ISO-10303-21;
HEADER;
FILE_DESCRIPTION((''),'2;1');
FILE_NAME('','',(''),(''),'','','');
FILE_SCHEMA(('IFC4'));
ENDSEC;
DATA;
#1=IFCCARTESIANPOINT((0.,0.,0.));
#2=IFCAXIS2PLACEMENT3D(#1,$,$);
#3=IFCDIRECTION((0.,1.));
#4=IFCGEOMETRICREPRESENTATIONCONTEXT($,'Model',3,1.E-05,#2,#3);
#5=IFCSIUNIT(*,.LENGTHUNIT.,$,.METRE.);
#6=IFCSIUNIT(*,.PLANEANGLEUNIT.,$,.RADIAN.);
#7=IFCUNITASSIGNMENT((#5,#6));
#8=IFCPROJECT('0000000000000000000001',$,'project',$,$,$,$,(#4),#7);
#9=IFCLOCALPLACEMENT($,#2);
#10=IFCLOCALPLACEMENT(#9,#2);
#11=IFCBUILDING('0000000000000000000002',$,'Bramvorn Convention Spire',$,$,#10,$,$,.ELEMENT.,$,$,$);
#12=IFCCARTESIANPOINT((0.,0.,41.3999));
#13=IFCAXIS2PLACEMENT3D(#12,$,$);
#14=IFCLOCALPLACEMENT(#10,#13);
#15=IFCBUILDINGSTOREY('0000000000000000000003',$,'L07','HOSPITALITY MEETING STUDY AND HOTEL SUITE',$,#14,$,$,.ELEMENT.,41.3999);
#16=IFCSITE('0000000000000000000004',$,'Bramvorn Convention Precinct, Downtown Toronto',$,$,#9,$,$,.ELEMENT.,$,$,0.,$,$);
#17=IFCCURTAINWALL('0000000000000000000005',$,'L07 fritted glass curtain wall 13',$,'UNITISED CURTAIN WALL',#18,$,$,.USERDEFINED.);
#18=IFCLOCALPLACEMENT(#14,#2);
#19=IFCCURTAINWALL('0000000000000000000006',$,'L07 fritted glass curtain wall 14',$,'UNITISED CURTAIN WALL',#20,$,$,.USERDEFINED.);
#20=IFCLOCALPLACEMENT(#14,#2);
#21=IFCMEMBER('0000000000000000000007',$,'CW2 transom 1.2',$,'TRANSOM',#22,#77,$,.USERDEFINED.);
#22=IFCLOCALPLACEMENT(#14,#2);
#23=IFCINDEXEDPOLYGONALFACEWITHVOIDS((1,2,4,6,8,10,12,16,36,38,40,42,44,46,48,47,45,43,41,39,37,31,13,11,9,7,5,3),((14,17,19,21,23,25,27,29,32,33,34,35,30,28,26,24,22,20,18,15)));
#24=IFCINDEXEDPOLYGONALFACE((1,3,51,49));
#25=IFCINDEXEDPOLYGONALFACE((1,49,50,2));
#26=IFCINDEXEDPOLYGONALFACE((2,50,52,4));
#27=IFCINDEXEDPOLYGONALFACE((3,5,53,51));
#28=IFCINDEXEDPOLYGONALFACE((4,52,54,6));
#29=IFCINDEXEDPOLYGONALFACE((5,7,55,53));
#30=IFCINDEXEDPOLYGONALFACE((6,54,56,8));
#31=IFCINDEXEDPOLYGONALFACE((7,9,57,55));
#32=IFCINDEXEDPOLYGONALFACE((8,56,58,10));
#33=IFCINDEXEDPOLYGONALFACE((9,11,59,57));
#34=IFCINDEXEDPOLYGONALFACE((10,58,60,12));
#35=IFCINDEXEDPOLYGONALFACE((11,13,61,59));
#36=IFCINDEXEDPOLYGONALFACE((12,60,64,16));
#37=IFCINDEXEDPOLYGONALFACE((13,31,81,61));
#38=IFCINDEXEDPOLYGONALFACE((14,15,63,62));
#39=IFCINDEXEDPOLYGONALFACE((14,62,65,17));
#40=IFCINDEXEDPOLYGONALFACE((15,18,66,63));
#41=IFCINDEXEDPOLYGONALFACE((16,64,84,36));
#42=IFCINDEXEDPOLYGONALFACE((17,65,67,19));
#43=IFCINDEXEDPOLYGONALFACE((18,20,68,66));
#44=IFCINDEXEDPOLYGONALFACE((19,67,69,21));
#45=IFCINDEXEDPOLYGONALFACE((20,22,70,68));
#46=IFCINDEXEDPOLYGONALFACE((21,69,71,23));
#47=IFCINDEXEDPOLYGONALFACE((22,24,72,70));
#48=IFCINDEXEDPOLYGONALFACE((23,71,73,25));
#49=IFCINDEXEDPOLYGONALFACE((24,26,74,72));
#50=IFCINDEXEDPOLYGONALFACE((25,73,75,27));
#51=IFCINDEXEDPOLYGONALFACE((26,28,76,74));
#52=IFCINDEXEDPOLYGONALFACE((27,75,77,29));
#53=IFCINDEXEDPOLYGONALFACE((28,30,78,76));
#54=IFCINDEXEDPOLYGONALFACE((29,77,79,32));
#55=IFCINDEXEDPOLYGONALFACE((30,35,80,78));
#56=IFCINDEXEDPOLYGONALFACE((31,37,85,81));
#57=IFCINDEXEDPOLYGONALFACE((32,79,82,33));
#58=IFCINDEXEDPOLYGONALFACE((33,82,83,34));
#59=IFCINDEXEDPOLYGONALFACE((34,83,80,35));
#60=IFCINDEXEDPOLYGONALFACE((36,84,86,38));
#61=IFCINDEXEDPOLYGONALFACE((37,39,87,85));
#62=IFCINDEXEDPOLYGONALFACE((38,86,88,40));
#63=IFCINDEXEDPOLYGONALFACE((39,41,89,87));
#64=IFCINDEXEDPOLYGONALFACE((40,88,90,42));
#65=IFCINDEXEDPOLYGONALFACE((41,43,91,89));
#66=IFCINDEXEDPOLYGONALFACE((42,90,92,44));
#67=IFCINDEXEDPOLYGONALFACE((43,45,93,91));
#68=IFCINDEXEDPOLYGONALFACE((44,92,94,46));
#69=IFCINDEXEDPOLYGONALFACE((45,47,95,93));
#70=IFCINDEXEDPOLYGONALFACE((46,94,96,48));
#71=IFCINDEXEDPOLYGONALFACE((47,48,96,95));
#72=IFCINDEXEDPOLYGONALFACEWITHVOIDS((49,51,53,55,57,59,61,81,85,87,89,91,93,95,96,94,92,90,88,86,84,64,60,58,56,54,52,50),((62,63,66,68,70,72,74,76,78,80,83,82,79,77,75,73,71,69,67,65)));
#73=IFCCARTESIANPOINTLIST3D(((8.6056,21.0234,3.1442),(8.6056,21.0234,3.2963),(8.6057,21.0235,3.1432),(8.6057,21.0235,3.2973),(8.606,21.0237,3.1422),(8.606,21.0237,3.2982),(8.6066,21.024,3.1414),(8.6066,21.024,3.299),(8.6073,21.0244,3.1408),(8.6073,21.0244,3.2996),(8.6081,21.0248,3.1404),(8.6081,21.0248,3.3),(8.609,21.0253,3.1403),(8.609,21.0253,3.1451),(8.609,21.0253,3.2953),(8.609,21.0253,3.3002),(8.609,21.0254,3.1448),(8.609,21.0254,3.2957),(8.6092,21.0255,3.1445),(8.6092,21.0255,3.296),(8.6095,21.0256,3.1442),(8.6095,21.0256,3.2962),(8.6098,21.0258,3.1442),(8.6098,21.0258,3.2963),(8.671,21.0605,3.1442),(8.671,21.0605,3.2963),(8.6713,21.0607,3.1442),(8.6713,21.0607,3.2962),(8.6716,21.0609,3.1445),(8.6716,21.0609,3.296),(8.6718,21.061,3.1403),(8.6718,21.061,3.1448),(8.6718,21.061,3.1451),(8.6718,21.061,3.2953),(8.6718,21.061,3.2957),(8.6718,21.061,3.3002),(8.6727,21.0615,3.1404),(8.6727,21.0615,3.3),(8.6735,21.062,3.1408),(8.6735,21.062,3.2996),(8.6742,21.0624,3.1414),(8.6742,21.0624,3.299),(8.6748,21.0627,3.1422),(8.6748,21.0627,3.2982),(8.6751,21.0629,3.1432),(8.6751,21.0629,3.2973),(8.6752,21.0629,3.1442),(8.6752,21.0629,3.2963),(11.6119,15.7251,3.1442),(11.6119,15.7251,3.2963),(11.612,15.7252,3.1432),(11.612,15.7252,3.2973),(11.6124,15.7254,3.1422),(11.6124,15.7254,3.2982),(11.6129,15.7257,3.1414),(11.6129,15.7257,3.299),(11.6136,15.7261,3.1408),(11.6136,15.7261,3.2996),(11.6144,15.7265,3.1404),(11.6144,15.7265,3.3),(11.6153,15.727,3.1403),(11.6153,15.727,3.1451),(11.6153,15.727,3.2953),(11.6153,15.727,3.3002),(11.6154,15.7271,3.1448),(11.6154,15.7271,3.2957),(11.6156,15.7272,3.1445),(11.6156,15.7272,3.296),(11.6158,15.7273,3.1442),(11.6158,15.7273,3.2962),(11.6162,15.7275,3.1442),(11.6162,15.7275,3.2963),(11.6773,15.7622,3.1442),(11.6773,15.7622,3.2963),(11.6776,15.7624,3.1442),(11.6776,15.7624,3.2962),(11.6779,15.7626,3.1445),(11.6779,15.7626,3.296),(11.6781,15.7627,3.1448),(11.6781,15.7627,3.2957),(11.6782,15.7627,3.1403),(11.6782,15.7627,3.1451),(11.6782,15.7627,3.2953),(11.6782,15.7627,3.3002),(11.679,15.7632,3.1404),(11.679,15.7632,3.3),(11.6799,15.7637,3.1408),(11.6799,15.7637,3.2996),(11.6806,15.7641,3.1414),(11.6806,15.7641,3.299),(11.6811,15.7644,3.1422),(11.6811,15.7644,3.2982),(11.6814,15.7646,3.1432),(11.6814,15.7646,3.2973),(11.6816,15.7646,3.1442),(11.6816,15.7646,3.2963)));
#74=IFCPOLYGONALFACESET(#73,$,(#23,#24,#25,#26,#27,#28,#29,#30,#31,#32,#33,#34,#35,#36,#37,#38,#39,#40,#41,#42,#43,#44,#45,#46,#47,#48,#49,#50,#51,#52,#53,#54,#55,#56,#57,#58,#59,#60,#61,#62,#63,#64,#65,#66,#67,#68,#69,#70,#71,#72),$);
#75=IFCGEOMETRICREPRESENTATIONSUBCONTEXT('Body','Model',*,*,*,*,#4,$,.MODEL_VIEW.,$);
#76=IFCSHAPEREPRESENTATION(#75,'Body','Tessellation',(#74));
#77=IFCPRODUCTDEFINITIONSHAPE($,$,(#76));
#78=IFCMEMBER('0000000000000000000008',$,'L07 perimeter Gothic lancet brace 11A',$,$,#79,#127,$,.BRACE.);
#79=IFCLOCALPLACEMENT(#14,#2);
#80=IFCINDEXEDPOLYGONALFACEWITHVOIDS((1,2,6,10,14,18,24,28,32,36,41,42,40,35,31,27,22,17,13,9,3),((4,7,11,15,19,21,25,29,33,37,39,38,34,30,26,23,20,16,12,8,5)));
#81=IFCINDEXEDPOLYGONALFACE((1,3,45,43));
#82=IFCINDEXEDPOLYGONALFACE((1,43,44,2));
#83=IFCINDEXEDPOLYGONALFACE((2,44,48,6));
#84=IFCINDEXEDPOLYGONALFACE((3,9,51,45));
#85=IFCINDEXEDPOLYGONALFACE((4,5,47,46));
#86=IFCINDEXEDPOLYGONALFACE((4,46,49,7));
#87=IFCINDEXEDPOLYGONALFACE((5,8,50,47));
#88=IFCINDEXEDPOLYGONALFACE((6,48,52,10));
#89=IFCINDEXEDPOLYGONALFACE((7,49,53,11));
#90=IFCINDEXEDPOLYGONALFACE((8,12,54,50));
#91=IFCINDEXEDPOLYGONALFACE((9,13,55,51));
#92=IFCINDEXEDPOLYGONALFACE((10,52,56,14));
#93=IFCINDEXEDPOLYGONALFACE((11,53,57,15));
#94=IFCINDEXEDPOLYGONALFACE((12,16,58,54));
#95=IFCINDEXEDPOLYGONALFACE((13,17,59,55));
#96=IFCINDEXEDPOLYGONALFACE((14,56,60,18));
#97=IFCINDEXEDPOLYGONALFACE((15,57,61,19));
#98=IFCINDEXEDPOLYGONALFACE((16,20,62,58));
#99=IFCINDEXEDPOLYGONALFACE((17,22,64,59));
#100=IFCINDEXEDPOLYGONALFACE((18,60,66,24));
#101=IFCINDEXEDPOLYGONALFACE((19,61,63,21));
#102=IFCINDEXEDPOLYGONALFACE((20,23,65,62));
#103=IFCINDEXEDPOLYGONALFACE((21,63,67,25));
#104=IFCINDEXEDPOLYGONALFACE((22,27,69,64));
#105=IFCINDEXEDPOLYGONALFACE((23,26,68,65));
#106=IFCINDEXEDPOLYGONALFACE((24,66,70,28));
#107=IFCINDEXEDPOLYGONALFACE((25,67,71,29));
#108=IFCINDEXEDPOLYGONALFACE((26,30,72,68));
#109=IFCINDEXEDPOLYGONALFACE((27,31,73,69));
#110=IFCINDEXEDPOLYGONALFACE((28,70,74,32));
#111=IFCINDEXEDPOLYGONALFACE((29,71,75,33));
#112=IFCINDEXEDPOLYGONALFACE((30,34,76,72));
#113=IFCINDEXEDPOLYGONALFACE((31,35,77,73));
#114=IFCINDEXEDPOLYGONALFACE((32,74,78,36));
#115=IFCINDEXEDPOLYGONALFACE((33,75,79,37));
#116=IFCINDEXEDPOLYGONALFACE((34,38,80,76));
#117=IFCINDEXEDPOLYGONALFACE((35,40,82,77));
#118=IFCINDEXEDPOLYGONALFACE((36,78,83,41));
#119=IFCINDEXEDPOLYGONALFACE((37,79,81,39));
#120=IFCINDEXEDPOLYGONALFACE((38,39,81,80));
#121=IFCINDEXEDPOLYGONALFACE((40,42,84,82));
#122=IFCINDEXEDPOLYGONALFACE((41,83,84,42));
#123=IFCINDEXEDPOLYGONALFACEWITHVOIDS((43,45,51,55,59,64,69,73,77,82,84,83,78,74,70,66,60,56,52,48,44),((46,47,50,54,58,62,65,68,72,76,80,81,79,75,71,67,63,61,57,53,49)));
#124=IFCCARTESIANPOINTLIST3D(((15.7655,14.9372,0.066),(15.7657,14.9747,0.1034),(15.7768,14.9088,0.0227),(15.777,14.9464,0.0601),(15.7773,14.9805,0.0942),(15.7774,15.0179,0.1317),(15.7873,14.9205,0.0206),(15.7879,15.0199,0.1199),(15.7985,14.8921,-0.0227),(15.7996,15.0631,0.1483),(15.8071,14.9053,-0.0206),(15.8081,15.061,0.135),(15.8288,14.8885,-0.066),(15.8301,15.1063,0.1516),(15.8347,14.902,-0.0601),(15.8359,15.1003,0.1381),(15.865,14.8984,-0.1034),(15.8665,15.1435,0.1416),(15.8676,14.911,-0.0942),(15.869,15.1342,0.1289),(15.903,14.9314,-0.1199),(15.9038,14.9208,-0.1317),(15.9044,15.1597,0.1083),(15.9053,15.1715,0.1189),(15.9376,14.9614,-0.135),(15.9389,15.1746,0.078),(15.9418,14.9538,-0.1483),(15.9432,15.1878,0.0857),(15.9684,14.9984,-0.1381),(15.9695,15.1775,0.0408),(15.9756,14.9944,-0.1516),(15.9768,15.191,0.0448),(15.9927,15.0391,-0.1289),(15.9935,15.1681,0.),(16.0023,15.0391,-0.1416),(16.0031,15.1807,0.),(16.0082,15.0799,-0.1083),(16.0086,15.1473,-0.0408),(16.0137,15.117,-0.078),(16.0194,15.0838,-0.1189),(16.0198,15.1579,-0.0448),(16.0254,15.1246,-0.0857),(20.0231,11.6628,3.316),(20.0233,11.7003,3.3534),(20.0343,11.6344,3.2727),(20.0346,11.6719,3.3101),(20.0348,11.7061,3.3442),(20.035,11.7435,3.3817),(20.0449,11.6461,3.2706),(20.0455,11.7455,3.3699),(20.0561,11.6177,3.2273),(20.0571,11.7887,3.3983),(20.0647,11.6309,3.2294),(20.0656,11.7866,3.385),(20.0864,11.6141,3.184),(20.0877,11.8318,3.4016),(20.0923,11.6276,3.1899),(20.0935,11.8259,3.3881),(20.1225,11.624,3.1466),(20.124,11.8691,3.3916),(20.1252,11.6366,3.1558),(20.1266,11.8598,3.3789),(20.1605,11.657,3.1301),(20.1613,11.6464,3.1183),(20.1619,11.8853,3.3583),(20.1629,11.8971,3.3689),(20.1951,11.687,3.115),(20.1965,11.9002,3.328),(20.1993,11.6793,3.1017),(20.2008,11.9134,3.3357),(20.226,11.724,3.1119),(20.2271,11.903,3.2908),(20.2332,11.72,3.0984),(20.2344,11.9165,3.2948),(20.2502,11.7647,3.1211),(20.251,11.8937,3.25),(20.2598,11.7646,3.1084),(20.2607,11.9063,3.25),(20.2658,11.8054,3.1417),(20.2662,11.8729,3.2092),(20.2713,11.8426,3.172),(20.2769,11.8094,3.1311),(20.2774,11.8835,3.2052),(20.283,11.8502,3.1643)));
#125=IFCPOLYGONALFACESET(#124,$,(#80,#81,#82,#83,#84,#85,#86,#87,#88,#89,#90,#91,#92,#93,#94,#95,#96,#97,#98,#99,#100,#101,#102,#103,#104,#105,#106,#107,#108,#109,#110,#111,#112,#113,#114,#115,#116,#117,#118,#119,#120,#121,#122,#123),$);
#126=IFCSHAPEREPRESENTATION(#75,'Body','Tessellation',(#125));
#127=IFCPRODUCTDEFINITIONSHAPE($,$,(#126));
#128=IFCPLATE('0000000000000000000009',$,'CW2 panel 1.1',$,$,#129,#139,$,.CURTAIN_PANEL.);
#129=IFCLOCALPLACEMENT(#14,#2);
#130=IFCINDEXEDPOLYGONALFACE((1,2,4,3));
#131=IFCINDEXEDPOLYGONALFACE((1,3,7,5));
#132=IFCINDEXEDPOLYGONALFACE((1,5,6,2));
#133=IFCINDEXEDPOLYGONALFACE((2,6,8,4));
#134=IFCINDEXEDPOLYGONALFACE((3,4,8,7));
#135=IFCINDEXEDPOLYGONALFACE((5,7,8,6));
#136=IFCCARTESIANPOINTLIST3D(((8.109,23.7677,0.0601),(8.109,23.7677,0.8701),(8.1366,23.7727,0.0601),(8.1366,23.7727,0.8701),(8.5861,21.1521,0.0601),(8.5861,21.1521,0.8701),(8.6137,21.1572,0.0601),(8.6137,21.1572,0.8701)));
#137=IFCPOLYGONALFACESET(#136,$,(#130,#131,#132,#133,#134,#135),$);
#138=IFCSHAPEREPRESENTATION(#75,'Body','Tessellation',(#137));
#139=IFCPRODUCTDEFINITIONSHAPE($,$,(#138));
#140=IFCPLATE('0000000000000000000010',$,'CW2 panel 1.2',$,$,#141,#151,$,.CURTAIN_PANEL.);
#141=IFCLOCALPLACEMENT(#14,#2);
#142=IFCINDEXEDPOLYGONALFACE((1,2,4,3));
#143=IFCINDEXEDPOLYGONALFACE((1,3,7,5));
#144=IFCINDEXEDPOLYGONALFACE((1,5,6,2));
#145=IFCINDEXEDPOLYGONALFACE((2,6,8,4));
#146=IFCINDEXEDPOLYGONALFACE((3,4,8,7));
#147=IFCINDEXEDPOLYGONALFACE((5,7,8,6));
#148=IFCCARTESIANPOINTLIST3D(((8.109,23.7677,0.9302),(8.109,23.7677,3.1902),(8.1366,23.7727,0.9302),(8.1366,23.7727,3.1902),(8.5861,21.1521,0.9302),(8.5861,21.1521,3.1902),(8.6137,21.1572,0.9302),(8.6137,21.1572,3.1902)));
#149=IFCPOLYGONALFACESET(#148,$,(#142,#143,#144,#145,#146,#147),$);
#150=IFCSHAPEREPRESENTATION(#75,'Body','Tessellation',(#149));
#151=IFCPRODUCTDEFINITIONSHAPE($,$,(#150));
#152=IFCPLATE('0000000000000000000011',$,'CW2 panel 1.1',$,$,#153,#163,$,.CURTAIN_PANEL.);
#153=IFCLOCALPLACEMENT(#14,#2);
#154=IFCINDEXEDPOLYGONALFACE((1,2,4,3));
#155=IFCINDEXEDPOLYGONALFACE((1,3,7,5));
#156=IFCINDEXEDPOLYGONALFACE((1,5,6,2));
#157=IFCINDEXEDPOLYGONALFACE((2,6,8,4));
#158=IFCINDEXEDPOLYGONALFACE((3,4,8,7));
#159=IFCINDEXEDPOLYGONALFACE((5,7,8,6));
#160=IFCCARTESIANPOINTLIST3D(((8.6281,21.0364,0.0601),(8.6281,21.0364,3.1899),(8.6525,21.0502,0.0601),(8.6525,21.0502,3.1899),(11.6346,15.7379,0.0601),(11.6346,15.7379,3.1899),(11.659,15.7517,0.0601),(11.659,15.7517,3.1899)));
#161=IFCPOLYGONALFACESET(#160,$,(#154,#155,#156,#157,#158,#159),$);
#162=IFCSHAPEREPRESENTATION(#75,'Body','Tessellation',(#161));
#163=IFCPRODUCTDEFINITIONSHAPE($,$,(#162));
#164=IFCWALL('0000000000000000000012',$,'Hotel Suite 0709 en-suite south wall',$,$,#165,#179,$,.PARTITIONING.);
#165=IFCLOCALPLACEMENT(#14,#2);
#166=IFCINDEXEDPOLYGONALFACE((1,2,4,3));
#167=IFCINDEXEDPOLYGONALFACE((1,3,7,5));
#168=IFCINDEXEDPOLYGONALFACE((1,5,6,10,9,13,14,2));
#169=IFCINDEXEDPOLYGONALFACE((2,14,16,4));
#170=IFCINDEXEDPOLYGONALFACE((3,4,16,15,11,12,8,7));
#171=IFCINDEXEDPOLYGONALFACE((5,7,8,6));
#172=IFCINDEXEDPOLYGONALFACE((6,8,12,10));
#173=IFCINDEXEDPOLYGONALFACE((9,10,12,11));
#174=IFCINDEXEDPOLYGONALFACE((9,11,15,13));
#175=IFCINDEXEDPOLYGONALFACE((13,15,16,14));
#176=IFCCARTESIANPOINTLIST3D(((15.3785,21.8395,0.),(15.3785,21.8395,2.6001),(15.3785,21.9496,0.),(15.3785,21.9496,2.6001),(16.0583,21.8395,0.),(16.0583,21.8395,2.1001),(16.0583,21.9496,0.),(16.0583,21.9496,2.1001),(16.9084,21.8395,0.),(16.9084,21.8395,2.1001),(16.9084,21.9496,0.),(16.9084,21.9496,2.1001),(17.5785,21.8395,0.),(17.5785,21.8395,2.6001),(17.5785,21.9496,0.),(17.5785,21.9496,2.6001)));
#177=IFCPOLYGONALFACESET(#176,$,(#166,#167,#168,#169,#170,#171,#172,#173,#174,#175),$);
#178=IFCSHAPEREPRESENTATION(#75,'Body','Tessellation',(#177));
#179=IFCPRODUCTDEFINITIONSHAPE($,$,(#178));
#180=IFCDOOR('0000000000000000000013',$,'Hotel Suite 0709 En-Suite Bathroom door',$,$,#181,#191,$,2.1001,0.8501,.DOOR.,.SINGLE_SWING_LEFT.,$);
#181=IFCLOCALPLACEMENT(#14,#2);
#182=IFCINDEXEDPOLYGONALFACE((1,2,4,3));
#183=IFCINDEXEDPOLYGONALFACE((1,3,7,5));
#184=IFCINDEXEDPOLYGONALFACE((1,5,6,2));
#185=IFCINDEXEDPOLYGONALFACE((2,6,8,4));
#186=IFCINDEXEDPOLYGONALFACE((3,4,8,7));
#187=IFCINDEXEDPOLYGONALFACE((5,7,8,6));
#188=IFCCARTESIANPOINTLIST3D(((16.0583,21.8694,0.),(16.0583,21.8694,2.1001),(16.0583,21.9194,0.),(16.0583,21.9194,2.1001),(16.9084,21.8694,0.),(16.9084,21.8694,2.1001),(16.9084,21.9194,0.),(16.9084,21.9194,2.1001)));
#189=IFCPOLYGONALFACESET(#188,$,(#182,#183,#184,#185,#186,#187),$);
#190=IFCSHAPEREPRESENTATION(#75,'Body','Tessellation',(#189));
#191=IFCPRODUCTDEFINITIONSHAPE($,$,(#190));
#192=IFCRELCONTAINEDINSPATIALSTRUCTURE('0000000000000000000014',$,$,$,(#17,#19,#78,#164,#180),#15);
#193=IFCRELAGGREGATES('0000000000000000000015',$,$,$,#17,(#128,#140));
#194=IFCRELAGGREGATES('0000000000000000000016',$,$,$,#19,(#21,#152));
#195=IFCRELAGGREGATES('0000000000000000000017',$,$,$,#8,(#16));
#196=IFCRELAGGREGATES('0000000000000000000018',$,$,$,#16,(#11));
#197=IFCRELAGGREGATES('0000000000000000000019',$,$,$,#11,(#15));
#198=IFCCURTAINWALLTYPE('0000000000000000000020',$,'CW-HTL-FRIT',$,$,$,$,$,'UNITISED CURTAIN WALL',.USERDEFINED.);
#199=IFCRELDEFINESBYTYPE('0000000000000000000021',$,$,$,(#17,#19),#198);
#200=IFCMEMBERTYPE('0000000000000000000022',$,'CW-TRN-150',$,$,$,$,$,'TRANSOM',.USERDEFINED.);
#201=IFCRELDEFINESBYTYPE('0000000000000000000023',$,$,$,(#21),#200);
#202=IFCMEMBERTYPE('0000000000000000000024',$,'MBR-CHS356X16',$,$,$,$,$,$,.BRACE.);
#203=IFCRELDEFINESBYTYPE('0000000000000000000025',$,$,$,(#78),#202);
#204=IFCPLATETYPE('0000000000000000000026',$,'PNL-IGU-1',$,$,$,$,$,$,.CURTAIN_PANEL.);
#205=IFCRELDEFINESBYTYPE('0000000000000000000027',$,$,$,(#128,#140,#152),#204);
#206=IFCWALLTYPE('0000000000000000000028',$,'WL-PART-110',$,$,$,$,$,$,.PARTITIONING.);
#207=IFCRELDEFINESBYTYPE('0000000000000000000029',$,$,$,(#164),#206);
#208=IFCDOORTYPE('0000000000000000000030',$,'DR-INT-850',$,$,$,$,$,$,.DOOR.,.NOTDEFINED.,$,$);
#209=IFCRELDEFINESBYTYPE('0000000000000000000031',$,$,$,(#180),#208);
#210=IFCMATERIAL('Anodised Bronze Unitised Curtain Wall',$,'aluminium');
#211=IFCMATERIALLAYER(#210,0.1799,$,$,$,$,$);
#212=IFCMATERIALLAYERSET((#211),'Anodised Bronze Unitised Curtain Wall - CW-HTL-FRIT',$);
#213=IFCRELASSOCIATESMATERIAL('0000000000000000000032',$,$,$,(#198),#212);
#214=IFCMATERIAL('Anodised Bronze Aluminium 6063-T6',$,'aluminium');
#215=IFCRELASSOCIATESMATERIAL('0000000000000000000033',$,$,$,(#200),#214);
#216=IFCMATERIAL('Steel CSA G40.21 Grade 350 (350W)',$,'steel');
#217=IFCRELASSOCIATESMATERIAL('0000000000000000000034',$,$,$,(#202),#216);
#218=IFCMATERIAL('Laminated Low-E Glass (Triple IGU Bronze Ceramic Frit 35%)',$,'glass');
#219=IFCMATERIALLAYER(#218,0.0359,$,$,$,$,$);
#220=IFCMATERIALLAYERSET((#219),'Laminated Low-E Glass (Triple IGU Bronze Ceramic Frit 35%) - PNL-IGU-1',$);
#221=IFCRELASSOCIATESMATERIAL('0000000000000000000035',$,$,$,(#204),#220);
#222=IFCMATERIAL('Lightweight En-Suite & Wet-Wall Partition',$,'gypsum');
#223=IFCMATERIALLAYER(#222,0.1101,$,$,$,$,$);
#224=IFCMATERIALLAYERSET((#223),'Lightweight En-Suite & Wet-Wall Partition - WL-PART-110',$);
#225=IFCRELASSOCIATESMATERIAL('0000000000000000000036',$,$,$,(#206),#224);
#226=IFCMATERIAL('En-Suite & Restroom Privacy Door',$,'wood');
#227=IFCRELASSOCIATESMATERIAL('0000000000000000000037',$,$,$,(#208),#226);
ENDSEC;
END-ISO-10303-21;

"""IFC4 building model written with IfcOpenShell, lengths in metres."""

from ifc_helpers import new_model, si_unit, direction, frame, frame_2d, origin, origin_2d, place, context, subcontext, project, spatial, rectangle, hollow_rectangle, hollow_circle, extrude, material, layer, layer_set, material_profile, profile_set, type_object, element, fill, aggregate, save


model = new_model("IFC4")

# Units and contexts
model_context = context("Model", 3, precision=1e-05, world=origin(), true_north=direction((0.0, 1.0)))
body_context = subcontext(model_context, "Body", "Model", "MODEL_VIEW")
ifc_project = project(units=[si_unit("LENGTHUNIT", "METRE"), si_unit("PLANEANGLEUNIT", "RADIAN")], contexts=[model_context])

# Site, building, storey
site_placement = place(None, origin())
site = spatial("IfcSite", under=ifc_project, at=site_placement, Name="Bramvorn Convention Precinct, Downtown Toronto", CompositionType="ELEMENT", RefElevation=0.0)
building_placement = place(site_placement, origin())
building = spatial("IfcBuilding", under=site, at=building_placement, Name="Bramvorn Convention Spire", CompositionType="ELEMENT")
storey_placement = place(building_placement, frame((0.0, 0.0, 41.3999)))
storey = spatial("IfcBuildingStorey", under=building, at=storey_placement, Name="L07", Description="HOSPITALITY MEETING STUDY AND HOTEL SUITE", CompositionType="ELEMENT", Elevation=41.3999)

# Shared definitions
ifc_material_1 = material(Name="Steel CSA G40.21 Grade 350 (350W)", Category="steel")

# Curtain wall
ifc_material_2 = material(Name="Anodised Bronze Unitised Curtain Wall", Category="aluminium")
ifc_layer_1 = layer(ifc_material_2, 0.1799)
ifc_layer_set_1 = layer_set([ifc_layer_1], Name="Anodised Bronze Unitised Curtain Wall - CW-HTL-FRIT")
curtain_wall_type = type_object("IfcCurtainWallType", Name="CW-HTL-FRIT", ElementType="UNITISED CURTAIN WALL", PredefinedType="USERDEFINED", material=ifc_layer_set_1)
curtain_wall_1_placement = place(storey_placement, origin())
curtain_wall_1 = element("IfcCurtainWall", 1, at=curtain_wall_1_placement, inside=storey, type_object=curtain_wall_type, Name="L07 fritted glass curtain wall 13", ObjectType="UNITISED CURTAIN WALL", PredefinedType="USERDEFINED")
ifc_material_3 = material(Name="Anodised Bronze Aluminium 6063-T6", Category="aluminium")

# Curtain wall
curtain_wall_2_placement = place(storey_placement, origin())
curtain_wall_2 = element("IfcCurtainWall", 2, at=curtain_wall_2_placement, inside=storey, type_object=curtain_wall_type, Name="L07 fritted glass curtain wall 14", ObjectType="UNITISED CURTAIN WALL", PredefinedType="USERDEFINED")

# Members
ifc_material_profile_1 = material_profile(ifc_material_3, hollow_rectangle(XDim=0.0801, YDim=0.1599, WallThickness=0.0039, InnerFilletRadius=0.001, OuterFilletRadius=0.0039, at=origin_2d()))
ifc_profile_set_1 = profile_set([ifc_material_profile_1], Name="Anodised Bronze Aluminium 6063-T6 - CWT80X160")
member_type_1 = type_object("IfcMemberType", Name="CW-TRN-150", ElementType="TRANSOM", PredefinedType="USERDEFINED", material=ifc_profile_set_1)
member_1_placement = place(storey_placement, frame((11.6467, 15.7449, 3.2202), z_axis=(-0.493504, 0.869744, 0.0), x_axis=(-0.869744, -0.493504, 0.0)))
member_1 = element("IfcMember", 3, at=member_1_placement, type_object=member_type_1, Name="CW2 transom 1.2", ObjectType="TRANSOM", PredefinedType="USERDEFINED", context=body_context, shape_type="SweptSolid", body=[
    extrude(hollow_rectangle(XDim=0.0801, YDim=0.1599, WallThickness=0.0039, InnerFilletRadius=0.001, OuterFilletRadius=0.0039, at=origin_2d()), origin(), (0.0, 0.0, 1.0), 6.0918),
])
ifc_material_profile_2 = material_profile(ifc_material_1, hollow_circle(Radius=0.1777, WallThickness=0.0159, at=origin_2d()))
ifc_profile_set_2 = profile_set([ifc_material_profile_2], Name="Steel CSA G40.21 Grade 350 (350W) - CHS356X16")
member_type_2 = type_object("IfcMemberType", Name="MBR-CHS356X16", PredefinedType="BRACE", material=ifc_profile_set_2)
member_2_placement = place(storey_placement, frame((15.8948, 15.0398, 0.0), z_axis=(0.678191, -0.521584, 0.517695), x_axis=(0.609636, 0.792681, 0.0)))
element("IfcMember", 4, at=member_2_placement, inside=storey, type_object=member_type_2, Name="L07 perimeter Gothic lancet brace 11A", PredefinedType="BRACE", context=body_context, shape_type="SweptSolid", body=[
    extrude(hollow_circle(Radius=0.1777, WallThickness=0.0159, at=origin_2d()), origin(), (0.0, 0.0, 1.0), 6.2778),
])

# Plates
ifc_material_4 = material(Name="Laminated Low-E Glass (Triple IGU Bronze Ceramic Frit 35%)", Category="glass")
ifc_layer_2 = layer(ifc_material_4, 0.0359)
ifc_layer_set_2 = layer_set([ifc_layer_2], Name="Laminated Low-E Glass (Triple IGU Bronze Ceramic Frit 35%) - PNL-IGU-1")
plate_type = type_object("IfcPlateType", Name="PNL-IGU-1", PredefinedType="CURTAIN_PANEL", material=ifc_layer_set_2)
plate_1_placement = place(storey_placement, frame((8.3613, 22.4624, 0.0601), z_axis=(0.0, 0.0, 1.0), x_axis=(-0.179447, 0.983768, 0.0)))
plate_1 = element("IfcPlate", 5, at=plate_1_placement, type_object=plate_type, Name="CW2 panel 1.1", PredefinedType="CURTAIN_PANEL", context=body_context, shape_type="SweptSolid", body=[
    extrude(rectangle(XDim=2.6587, YDim=0.0281, at=origin_2d()), origin(), (0.0, 0.0, 1.0), 0.8101),
])
plate_2_placement = place(storey_placement, frame((8.3613, 22.4624, 0.9302), z_axis=(0.0, 0.0, 1.0), x_axis=(-0.179447, 0.983768, 0.0)))
plate_2 = element("IfcPlate", 6, at=plate_2_placement, type_object=plate_type, Name="CW2 panel 1.2", PredefinedType="CURTAIN_PANEL", context=body_context, shape_type="SweptSolid", body=[
    extrude(rectangle(XDim=2.6587, YDim=0.0281, at=origin_2d()), origin(), (0.0, 0.0, 1.0), 2.26),
])
aggregate(curtain_wall_1, [plate_1, plate_2])
plate_3_placement = place(storey_placement, frame((10.1436, 18.394, 0.0601), z_axis=(0.0, 0.0, 1.0), x_axis=(-0.493507, 0.869742, 0.0)))
plate_3 = element("IfcPlate", 7, at=plate_3_placement, type_object=plate_type, Name="CW2 panel 1.1", PredefinedType="CURTAIN_PANEL", context=body_context, shape_type="SweptSolid", body=[
    extrude(rectangle(XDim=6.092, YDim=0.0281, at=origin_2d()), origin(), (0.0, 0.0, 1.0), 3.1299),
])
aggregate(curtain_wall_2, [member_1, plate_3])

# Wall, opening, door
ifc_material_5 = material(Name="Lightweight En-Suite & Wet-Wall Partition", Category="gypsum")
ifc_layer_3 = layer(ifc_material_5, 0.1101)
ifc_layer_set_3 = layer_set([ifc_layer_3], Name="Lightweight En-Suite & Wet-Wall Partition - WL-PART-110")
wall_type_1 = type_object("IfcWallType", Name="WL-PART-110", PredefinedType="PARTITIONING", material=ifc_layer_set_3)
wall_1_placement = place(storey_placement, frame((15.3784, 21.8945, 0.0), z_axis=(0.0, 0.0, 1.0), x_axis=(1.0, 0.0, 0.0)))
wall_1 = element("IfcWall", 8, at=wall_1_placement, inside=storey, type_object=wall_type_1, Name="Hotel Suite 0709 en-suite south wall", PredefinedType="PARTITIONING", context=body_context, shape_type="SweptSolid", body=[
    extrude(rectangle(XDim=2.2, YDim=0.1101, at=frame_2d((1.1001, 0.0))), origin(), (0.0, 0.0, 1.0), 2.6001),
])
opening_1_placement = place(wall_1_placement, frame((0.6799, 0.0, 0.0)))
opening_1 = element("IfcOpeningElement", 9, at=opening_1_placement, cuts=wall_1, PredefinedType="OPENING", context=body_context, shape_type="SweptSolid", body=[
    extrude(rectangle(XDim=0.8501, YDim=2.1001, at=frame_2d((0.425, 1.05))), frame((0.0, 0.0649, 0.0), z_axis=(0.0, -1.0, 0.0), x_axis=(1.0, 0.0, 0.0)), (0.0, 0.0, 1.0), 0.1301),
])
ifc_material_6 = material(Name="En-Suite & Restroom Privacy Door", Category="wood")
door_type_1 = type_object("IfcDoorType", Name="DR-INT-850", OperationType="NOTDEFINED", PredefinedType="DOOR", material=ifc_material_6)
door_1_placement = place(opening_1_placement, origin())
door_1 = element("IfcDoor", 10, at=door_1_placement, inside=storey, type_object=door_type_1, Name="Hotel Suite 0709 En-Suite Bathroom door", OperationType="SINGLE_SWING_LEFT", OverallHeight=2.1001, OverallWidth=0.8501, PredefinedType="DOOR", context=body_context, shape_type="SweptSolid", body=[
    extrude(rectangle(XDim=0.8501, YDim=2.1001, at=frame_2d((0.425, 1.05))), frame((0.0, 0.0249, 0.0), z_axis=(0.0, -1.0, 0.0), x_axis=(1.0, 0.0, 0.0)), (0.0, 0.0, 1.0), 0.05),
])
fill(opening_1, door_1)

save(model, "model.ifc")
